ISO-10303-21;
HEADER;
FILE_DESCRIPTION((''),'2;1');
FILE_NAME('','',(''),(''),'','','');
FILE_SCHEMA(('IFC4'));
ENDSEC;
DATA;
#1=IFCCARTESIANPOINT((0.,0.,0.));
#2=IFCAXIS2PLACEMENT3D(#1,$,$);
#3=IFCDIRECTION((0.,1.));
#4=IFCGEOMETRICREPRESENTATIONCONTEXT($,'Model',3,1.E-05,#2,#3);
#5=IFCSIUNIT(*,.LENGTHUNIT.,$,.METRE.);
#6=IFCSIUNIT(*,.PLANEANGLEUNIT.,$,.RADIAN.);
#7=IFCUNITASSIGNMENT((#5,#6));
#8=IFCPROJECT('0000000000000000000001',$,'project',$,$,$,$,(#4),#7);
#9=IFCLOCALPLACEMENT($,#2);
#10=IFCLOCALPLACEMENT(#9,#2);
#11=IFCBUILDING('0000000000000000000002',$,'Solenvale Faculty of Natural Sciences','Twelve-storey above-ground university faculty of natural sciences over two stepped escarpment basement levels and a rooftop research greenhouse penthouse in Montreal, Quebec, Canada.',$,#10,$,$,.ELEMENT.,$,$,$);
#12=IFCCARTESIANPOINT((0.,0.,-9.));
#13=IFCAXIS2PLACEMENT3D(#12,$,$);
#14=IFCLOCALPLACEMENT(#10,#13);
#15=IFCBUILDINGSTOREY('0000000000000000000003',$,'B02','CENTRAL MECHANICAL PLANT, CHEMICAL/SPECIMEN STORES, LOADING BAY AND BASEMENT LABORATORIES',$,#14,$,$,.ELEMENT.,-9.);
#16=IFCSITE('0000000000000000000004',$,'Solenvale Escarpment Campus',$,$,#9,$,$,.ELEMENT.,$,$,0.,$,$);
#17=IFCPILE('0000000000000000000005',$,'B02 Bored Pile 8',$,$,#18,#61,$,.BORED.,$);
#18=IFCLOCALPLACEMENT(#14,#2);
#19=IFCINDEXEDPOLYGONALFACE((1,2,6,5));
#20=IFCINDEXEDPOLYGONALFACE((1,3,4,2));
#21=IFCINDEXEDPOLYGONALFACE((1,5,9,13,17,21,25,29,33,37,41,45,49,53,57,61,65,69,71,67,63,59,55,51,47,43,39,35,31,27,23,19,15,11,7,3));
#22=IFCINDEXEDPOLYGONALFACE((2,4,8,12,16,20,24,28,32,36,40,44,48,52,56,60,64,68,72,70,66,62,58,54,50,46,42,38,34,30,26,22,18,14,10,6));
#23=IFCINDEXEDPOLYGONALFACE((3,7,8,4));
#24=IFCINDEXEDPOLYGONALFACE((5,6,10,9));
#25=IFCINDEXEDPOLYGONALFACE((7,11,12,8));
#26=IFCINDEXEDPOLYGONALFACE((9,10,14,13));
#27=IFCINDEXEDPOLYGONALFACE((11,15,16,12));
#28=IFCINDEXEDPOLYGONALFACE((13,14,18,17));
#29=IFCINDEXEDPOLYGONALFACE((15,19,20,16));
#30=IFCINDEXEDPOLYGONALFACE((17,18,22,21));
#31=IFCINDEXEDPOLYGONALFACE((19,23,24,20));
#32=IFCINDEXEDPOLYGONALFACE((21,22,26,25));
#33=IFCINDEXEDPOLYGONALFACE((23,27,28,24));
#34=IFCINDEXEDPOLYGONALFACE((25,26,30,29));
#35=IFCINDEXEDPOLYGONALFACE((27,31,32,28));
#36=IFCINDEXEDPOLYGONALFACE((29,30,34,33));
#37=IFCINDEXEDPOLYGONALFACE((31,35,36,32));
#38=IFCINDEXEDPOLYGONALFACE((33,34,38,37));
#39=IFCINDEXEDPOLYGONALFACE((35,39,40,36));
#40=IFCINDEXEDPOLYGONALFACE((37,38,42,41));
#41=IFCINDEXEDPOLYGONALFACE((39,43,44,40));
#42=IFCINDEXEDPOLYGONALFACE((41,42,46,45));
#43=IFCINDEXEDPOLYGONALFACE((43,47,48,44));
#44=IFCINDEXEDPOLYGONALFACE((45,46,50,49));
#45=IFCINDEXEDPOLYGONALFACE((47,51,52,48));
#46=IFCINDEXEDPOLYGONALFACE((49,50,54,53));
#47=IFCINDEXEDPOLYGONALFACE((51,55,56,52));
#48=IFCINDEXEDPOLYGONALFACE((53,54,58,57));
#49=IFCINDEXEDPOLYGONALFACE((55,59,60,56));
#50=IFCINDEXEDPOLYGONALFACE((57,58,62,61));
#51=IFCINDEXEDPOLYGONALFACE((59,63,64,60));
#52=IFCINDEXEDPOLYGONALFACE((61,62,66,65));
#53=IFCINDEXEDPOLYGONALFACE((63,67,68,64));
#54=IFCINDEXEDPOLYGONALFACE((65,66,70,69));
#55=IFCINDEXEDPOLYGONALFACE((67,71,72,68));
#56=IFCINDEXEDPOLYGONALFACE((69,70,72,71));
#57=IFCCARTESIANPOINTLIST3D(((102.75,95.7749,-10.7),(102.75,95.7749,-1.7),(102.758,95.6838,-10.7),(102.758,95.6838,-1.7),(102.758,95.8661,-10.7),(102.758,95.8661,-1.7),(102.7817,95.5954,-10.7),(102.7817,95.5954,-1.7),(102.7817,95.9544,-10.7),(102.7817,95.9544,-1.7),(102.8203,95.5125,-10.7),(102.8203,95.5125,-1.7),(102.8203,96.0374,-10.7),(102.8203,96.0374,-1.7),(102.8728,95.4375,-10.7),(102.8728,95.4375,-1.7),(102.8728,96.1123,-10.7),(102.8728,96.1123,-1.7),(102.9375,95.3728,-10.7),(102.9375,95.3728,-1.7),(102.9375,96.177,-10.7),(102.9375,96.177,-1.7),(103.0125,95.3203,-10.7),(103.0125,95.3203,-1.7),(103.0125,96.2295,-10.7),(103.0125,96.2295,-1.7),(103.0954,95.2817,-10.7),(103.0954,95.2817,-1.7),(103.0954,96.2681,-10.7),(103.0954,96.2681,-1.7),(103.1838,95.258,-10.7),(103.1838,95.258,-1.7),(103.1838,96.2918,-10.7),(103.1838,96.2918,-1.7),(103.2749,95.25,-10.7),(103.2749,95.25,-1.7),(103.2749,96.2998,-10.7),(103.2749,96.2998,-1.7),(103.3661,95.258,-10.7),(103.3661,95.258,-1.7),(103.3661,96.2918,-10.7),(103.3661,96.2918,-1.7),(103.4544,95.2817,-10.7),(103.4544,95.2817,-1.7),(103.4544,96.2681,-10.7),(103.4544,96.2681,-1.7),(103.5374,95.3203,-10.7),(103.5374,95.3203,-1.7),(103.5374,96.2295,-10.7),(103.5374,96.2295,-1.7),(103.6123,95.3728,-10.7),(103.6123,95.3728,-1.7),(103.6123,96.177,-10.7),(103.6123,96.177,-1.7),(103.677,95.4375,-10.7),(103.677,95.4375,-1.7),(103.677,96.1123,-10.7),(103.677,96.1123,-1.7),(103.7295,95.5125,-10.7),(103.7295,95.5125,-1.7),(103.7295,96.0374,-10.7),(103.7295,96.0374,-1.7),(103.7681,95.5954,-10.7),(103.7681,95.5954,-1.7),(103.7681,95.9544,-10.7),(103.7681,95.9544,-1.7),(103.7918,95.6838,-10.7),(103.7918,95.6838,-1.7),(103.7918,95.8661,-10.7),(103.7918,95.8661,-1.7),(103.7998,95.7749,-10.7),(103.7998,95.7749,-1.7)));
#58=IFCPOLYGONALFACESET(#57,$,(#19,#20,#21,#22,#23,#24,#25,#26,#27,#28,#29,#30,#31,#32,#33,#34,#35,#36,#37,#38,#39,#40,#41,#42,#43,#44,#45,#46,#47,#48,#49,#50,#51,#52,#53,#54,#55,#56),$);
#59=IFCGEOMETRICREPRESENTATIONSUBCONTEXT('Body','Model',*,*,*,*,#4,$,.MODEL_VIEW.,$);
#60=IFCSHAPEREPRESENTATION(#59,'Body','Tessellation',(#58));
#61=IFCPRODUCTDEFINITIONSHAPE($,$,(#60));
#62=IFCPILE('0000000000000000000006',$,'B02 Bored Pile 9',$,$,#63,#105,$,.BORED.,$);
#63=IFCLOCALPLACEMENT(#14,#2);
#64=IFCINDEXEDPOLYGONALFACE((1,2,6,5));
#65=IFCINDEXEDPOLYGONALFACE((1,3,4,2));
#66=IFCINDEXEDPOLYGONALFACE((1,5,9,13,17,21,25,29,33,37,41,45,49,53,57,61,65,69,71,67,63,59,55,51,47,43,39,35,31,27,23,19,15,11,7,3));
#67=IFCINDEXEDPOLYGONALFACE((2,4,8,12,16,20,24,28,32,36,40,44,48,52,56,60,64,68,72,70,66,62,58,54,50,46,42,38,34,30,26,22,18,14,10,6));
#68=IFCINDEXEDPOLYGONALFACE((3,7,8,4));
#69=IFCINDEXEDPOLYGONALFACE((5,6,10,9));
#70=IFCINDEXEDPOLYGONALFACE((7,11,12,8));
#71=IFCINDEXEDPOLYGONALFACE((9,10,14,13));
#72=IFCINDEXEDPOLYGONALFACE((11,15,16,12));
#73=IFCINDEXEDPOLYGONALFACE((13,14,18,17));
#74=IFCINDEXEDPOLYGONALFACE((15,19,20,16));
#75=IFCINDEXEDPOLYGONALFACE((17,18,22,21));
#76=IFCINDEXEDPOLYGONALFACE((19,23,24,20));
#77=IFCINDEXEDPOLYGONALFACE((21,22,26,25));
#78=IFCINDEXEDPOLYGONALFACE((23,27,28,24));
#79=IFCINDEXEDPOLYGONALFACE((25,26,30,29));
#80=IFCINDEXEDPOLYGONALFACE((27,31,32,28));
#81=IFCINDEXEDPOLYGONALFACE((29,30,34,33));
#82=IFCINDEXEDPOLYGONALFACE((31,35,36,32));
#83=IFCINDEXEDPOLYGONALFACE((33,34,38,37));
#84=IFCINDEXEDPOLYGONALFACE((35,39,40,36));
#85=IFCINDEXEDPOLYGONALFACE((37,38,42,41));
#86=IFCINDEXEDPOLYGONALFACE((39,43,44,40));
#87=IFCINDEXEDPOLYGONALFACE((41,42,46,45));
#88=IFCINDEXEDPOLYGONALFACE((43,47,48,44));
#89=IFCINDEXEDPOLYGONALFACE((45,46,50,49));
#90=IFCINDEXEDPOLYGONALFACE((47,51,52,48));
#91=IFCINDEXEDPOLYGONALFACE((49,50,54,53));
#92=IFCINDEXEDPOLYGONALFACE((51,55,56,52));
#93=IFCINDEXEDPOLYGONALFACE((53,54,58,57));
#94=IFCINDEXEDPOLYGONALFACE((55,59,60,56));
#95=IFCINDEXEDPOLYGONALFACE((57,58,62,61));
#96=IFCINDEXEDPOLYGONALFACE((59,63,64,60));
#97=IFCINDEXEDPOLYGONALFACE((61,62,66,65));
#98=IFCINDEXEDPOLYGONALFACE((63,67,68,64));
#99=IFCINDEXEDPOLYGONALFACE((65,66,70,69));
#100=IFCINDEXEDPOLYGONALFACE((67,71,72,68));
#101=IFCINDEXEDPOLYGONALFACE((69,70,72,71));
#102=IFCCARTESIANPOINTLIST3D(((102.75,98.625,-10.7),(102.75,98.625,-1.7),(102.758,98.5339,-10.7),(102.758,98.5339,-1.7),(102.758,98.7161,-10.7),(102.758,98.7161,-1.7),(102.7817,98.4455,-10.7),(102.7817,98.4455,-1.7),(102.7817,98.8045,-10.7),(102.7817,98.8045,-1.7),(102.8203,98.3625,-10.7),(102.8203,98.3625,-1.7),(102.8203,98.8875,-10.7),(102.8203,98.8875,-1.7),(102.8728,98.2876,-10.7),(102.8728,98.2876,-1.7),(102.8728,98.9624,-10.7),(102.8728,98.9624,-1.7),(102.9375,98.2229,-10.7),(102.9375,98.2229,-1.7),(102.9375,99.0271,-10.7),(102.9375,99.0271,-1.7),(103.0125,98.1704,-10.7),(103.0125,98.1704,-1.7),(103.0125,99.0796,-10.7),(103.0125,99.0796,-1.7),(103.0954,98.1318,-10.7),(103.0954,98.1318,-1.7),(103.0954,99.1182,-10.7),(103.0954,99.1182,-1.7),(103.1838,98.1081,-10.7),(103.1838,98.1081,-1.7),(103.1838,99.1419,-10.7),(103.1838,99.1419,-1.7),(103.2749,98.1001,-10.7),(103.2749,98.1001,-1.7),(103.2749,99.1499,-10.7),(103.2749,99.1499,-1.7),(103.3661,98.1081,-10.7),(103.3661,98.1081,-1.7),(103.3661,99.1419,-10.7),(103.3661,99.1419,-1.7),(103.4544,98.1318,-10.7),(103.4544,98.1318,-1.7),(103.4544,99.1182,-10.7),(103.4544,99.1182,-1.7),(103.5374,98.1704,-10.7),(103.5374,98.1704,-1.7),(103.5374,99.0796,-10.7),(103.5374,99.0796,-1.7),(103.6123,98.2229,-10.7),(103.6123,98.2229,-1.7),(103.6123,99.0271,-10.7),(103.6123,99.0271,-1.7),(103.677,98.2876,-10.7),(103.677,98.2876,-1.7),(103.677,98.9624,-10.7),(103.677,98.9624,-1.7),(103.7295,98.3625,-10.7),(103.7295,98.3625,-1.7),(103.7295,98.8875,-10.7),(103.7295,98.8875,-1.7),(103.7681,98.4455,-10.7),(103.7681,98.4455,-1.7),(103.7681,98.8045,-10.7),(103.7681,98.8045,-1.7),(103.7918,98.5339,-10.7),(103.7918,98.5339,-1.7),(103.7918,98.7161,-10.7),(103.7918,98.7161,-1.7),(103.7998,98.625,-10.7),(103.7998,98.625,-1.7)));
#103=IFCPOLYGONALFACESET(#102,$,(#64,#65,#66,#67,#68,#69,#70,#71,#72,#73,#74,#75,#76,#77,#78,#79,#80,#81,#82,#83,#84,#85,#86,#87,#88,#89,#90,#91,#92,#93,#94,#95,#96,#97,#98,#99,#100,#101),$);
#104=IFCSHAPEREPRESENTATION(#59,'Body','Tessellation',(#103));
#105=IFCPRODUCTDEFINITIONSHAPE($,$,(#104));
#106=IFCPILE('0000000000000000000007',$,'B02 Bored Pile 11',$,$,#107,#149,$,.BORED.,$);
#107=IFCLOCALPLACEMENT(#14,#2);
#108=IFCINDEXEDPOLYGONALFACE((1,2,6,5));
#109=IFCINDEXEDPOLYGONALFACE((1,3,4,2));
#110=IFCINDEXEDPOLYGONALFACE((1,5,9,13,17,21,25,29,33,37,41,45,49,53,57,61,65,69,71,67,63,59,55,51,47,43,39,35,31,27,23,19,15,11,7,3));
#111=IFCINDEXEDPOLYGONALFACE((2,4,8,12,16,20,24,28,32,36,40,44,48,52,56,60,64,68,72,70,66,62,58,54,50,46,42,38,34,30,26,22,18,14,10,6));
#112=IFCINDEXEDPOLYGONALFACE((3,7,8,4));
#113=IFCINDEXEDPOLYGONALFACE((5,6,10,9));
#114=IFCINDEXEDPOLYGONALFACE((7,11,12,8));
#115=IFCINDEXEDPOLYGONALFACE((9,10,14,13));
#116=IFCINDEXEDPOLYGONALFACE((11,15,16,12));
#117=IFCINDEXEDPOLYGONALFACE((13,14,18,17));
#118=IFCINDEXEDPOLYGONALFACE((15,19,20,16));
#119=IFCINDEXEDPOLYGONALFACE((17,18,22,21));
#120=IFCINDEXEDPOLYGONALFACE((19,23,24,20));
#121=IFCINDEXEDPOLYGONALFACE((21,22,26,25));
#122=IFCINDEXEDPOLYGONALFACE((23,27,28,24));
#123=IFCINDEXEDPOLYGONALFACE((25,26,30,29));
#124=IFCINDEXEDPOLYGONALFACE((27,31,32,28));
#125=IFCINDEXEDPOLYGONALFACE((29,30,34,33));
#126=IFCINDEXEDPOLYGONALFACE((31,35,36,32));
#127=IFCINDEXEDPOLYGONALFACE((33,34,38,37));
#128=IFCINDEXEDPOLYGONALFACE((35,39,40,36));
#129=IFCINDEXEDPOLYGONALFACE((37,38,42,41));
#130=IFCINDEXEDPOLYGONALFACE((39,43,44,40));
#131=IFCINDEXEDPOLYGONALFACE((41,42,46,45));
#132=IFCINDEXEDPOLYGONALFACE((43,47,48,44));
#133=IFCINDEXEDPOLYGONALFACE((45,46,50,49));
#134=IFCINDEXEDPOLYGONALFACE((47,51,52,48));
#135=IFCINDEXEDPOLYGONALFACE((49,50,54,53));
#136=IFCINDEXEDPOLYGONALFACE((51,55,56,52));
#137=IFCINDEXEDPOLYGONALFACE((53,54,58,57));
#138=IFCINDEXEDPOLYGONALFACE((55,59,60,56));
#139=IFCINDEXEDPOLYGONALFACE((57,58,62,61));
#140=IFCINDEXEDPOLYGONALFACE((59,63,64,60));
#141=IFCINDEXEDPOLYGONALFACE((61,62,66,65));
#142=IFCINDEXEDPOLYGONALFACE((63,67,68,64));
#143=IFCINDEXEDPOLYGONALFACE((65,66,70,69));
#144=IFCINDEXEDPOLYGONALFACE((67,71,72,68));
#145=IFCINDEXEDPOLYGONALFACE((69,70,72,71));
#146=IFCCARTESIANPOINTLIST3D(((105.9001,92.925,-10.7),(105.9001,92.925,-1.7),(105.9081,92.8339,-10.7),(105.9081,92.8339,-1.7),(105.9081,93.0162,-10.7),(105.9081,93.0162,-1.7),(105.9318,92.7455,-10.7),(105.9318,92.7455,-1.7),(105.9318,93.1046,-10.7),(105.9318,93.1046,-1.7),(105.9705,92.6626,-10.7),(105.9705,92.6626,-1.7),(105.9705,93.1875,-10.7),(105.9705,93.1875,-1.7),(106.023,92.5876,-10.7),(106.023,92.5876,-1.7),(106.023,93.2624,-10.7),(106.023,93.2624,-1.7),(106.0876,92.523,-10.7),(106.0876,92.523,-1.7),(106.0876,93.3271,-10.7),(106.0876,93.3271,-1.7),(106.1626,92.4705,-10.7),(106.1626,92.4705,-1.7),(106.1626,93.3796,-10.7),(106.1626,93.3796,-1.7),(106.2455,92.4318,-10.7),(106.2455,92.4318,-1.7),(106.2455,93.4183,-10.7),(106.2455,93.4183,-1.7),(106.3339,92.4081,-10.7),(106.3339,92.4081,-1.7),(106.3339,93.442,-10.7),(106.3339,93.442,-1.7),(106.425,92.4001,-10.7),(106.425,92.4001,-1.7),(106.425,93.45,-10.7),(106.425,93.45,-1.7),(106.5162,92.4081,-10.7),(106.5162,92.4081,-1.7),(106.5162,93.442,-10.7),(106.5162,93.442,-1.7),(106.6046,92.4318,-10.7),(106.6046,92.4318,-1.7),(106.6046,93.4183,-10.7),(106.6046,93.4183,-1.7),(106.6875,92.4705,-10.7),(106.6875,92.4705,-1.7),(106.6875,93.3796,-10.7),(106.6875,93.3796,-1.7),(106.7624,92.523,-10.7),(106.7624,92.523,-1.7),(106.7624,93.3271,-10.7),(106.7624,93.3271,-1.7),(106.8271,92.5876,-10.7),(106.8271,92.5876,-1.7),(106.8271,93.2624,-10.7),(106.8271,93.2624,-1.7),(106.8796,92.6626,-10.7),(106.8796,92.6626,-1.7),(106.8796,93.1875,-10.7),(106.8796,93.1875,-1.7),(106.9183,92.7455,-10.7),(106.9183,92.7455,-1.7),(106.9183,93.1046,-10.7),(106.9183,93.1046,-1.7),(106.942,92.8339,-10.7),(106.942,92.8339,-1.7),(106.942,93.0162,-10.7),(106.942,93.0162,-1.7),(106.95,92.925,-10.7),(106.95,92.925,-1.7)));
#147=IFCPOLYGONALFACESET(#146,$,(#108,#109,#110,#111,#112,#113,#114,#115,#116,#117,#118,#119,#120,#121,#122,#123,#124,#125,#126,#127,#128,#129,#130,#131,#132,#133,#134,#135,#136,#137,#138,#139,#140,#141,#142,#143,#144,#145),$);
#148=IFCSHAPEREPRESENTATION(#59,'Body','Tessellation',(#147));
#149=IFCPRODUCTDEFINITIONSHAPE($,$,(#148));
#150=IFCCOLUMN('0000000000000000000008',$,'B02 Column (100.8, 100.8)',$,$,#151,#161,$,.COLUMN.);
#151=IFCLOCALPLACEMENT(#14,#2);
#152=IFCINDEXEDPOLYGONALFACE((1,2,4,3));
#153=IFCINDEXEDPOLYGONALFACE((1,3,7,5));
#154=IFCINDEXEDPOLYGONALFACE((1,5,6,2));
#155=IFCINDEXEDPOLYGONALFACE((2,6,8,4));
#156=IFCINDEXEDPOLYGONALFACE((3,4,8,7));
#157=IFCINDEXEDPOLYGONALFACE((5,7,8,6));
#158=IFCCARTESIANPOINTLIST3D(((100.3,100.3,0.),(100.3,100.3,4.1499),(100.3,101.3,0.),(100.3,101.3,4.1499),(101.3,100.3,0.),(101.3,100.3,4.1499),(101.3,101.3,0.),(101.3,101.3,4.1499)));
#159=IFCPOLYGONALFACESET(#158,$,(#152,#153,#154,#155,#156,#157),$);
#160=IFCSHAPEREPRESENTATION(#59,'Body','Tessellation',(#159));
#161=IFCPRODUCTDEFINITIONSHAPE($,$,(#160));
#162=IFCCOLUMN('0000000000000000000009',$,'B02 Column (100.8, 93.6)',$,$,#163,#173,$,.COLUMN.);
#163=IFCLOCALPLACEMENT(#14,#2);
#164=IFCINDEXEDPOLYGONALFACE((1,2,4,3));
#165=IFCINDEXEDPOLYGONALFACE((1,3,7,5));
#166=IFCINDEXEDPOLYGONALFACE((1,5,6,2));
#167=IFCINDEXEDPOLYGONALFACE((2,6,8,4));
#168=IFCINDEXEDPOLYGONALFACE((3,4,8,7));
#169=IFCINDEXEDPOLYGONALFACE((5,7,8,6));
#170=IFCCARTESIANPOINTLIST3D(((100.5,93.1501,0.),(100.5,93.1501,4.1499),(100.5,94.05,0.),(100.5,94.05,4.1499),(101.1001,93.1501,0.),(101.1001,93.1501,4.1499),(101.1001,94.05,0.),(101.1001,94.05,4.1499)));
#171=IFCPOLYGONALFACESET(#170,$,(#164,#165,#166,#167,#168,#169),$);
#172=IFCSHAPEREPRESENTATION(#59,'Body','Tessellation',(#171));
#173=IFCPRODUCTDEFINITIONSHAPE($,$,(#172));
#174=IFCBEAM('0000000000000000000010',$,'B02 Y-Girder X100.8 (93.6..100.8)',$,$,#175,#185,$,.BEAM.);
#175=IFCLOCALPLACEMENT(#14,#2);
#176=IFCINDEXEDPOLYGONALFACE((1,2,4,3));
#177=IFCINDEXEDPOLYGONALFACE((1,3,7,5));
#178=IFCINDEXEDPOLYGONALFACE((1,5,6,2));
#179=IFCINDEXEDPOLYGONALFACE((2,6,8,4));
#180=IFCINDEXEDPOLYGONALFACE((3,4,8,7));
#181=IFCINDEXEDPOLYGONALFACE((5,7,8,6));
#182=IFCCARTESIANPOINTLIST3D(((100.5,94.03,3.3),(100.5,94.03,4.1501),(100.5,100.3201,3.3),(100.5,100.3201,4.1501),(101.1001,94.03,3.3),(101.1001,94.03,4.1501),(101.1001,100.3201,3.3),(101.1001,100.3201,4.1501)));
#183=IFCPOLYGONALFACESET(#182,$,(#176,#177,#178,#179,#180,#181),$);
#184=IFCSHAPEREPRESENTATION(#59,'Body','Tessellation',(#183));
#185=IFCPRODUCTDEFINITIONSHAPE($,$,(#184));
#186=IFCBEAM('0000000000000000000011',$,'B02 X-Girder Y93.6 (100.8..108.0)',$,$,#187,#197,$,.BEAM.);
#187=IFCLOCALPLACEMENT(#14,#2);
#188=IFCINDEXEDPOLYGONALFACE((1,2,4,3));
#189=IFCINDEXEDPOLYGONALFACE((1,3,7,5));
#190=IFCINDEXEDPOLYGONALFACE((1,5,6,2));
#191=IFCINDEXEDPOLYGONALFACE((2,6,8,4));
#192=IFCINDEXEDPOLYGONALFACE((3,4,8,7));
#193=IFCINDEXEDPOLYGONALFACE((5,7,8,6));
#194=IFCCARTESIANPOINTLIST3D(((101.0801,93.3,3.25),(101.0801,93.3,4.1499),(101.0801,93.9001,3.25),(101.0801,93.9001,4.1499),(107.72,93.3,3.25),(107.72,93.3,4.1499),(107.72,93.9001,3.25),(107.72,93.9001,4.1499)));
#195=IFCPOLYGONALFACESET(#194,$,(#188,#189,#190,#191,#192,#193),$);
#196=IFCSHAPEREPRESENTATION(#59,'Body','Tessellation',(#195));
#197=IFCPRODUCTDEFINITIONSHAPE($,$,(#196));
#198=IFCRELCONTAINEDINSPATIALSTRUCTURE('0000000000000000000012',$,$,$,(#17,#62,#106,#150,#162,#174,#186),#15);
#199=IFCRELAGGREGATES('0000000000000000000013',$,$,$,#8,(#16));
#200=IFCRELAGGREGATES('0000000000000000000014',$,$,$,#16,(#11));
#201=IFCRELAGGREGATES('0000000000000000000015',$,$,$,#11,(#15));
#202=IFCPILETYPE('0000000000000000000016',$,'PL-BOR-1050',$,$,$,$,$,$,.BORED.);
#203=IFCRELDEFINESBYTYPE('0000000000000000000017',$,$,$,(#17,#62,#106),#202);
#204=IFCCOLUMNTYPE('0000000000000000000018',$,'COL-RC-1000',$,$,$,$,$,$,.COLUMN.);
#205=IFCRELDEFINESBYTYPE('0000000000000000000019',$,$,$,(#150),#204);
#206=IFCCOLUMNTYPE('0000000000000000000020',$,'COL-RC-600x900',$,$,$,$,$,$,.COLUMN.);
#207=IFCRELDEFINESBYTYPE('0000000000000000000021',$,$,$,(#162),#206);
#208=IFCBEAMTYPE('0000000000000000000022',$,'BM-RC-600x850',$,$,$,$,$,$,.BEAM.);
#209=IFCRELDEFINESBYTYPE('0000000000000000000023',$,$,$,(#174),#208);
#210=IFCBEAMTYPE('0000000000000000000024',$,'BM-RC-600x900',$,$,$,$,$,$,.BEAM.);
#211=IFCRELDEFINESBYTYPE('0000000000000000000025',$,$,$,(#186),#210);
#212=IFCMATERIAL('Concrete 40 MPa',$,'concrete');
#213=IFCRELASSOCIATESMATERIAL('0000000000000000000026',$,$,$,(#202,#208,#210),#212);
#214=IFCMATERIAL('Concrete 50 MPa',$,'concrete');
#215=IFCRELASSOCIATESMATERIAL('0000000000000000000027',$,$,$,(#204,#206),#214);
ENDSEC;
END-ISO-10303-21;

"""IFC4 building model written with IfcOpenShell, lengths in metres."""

from ifc_helpers import new_model, si_unit, direction, frame, origin, origin_2d, place, context, subcontext, project, spatial, rectangle, circle, extrude, material, material_profile, profile_set, type_object, element, save


model = new_model("IFC4")

# Units and contexts
model_context = context("Model", 3, precision=1e-05, world=origin(), true_north=direction((0.0, 1.0)))
body_context = subcontext(model_context, "Body", "Model", "MODEL_VIEW")
ifc_project = project(units=[si_unit("LENGTHUNIT", "METRE"), si_unit("PLANEANGLEUNIT", "RADIAN")], contexts=[model_context])

# Site, building, storey
site_placement = place(None, origin())
site = spatial("IfcSite", under=ifc_project, at=site_placement, Name="Solenvale Escarpment Campus", CompositionType="ELEMENT", RefElevation=0.0)
building_placement = place(site_placement, origin())
building = spatial("IfcBuilding", under=site, at=building_placement, Name="Solenvale Faculty of Natural Sciences", Description="Twelve-storey above-ground university faculty of natural sciences over two stepped escarpment basement levels and a rooftop research greenhouse penthouse in Montreal, Quebec, Canada.", CompositionType="ELEMENT")
storey_placement = place(building_placement, frame((0.0, 0.0, -9.0)))
storey = spatial("IfcBuildingStorey", under=building, at=storey_placement, Name="B02", Description="CENTRAL MECHANICAL PLANT, CHEMICAL/SPECIMEN STORES, LOADING BAY AND BASEMENT LABORATORIES", CompositionType="ELEMENT", Elevation=-9.0)

# Piles
ifc_material_1 = material(Name="Concrete 40 MPa", Category="concrete")
ifc_material_profile_1 = material_profile(ifc_material_1, circle(Radius=0.5249, at=origin_2d()), Name="PILE-D1050")
ifc_profile_set_1 = profile_set([ifc_material_profile_1], Name="Concrete 40 MPa")
pile_type = type_object("IfcPileType", Name="PL-BOR-1050", PredefinedType="BORED", material=ifc_profile_set_1)
for number, where, z_axis, x_axis, name in (
    (1, (103.2749, 95.7749, -1.7), (0.0, 0.0, -1.0), (1.0, 0.0, 0.0), "B02 Bored Pile 8"),
    (2, (103.2749, 98.625, -1.7), (0.0, 0.0, -1.0), (1.0, 0.0, 0.0), "B02 Bored Pile 9"),
    (3, (106.425, 92.925, -1.7), (0.0, 0.0, -1.0), (1.0, 0.0, 0.0), "B02 Bored Pile 11"),
):
    element("IfcPile", number, at=place(storey_placement, frame(where, z_axis=z_axis, x_axis=x_axis)), inside=storey, type_object=pile_type, Name=name, PredefinedType="BORED", context=body_context, shape_type="SweptSolid", body=[
        extrude(circle(Radius=0.5249, at=origin_2d()), origin(), (0.0, 0.0, 1.0), 9.0),
    ])

# Columns
ifc_material_2 = material(Name="Concrete 50 MPa", Category="concrete")
ifc_material_profile_2 = material_profile(ifc_material_2, rectangle(XDim=1.0, YDim=1.0, at=origin_2d()), Name="RC-COL-1000x1000")
ifc_profile_set_2 = profile_set([ifc_material_profile_2], Name="Concrete 50 MPa")
column_type_1 = type_object("IfcColumnType", Name="COL-RC-1000", PredefinedType="COLUMN", material=ifc_profile_set_2)
column_1_placement = place(storey_placement, frame((100.8, 100.8, 0.0), z_axis=(0.0, 0.0, 1.0), x_axis=(1.0, 0.0, 0.0)))
element("IfcColumn", 4, at=column_1_placement, inside=storey, type_object=column_type_1, Name="B02 Column (100.8, 100.8)", PredefinedType="COLUMN", context=body_context, shape_type="SweptSolid", body=[
    extrude(rectangle(XDim=1.0, YDim=1.0, at=origin_2d()), origin(), (0.0, 0.0, 1.0), 4.1499),
])
ifc_material_profile_3 = material_profile(ifc_material_2, rectangle(XDim=0.6001, YDim=0.8999, at=origin_2d()), Name="RC-COL-600x900")
ifc_profile_set_3 = profile_set([ifc_material_profile_3], Name="Concrete 50 MPa")
column_type_2 = type_object("IfcColumnType", Name="COL-RC-600x900", PredefinedType="COLUMN", material=ifc_profile_set_3)
column_2_placement = place(storey_placement, frame((100.8, 93.6001, 0.0), z_axis=(0.0, 0.0, 1.0), x_axis=(1.0, 0.0, 0.0)))
element("IfcColumn", 5, at=column_2_placement, inside=storey, type_object=column_type_2, Name="B02 Column (100.8, 93.6)", PredefinedType="COLUMN", context=body_context, shape_type="SweptSolid", body=[
    extrude(rectangle(XDim=0.6001, YDim=0.8999, at=origin_2d()), origin(), (0.0, 0.0, 1.0), 4.1499),
])

# Beams
ifc_material_profile_4 = material_profile(ifc_material_1, rectangle(XDim=0.6001, YDim=0.8501, at=origin_2d()), Name="RC-BM-600x850")
ifc_profile_set_4 = profile_set([ifc_material_profile_4], Name="Concrete 40 MPa")
beam_type_1 = type_object("IfcBeamType", Name="BM-RC-600x850", PredefinedType="BEAM", material=ifc_profile_set_4)
beam_1_placement = place(storey_placement, frame((100.8, 94.03, 3.7251), z_axis=(0.0, 1.0, 0.0), x_axis=(-1.0, 0.0, 0.0)))
element("IfcBeam", 6, at=beam_1_placement, inside=storey, type_object=beam_type_1, Name="B02 Y-Girder X100.8 (93.6..100.8)", PredefinedType="BEAM", context=body_context, shape_type="SweptSolid", body=[
    extrude(rectangle(XDim=0.6001, YDim=0.8501, at=origin_2d()), origin(), (0.0, 0.0, 1.0), 6.29),
])
ifc_material_profile_5 = material_profile(ifc_material_1, rectangle(XDim=0.6001, YDim=0.8999, at=origin_2d()), Name="RC-BM-600x900")
ifc_profile_set_5 = profile_set([ifc_material_profile_5], Name="Concrete 40 MPa")
beam_type_2 = type_object("IfcBeamType", Name="BM-RC-600x900", PredefinedType="BEAM", material=ifc_profile_set_5)
beam_2_placement = place(storey_placement, frame((101.0801, 93.6001, 3.7), z_axis=(1.0, 0.0, 0.0), x_axis=(0.0, 1.0, 0.0)))
element("IfcBeam", 7, at=beam_2_placement, inside=storey, type_object=beam_type_2, Name="B02 X-Girder Y93.6 (100.8..108.0)", PredefinedType="BEAM", context=body_context, shape_type="SweptSolid", body=[
    extrude(rectangle(XDim=0.6001, YDim=0.8999, at=origin_2d()), origin(), (0.0, 0.0, 1.0), 6.6399),
])

save(model, "model.ifc")
